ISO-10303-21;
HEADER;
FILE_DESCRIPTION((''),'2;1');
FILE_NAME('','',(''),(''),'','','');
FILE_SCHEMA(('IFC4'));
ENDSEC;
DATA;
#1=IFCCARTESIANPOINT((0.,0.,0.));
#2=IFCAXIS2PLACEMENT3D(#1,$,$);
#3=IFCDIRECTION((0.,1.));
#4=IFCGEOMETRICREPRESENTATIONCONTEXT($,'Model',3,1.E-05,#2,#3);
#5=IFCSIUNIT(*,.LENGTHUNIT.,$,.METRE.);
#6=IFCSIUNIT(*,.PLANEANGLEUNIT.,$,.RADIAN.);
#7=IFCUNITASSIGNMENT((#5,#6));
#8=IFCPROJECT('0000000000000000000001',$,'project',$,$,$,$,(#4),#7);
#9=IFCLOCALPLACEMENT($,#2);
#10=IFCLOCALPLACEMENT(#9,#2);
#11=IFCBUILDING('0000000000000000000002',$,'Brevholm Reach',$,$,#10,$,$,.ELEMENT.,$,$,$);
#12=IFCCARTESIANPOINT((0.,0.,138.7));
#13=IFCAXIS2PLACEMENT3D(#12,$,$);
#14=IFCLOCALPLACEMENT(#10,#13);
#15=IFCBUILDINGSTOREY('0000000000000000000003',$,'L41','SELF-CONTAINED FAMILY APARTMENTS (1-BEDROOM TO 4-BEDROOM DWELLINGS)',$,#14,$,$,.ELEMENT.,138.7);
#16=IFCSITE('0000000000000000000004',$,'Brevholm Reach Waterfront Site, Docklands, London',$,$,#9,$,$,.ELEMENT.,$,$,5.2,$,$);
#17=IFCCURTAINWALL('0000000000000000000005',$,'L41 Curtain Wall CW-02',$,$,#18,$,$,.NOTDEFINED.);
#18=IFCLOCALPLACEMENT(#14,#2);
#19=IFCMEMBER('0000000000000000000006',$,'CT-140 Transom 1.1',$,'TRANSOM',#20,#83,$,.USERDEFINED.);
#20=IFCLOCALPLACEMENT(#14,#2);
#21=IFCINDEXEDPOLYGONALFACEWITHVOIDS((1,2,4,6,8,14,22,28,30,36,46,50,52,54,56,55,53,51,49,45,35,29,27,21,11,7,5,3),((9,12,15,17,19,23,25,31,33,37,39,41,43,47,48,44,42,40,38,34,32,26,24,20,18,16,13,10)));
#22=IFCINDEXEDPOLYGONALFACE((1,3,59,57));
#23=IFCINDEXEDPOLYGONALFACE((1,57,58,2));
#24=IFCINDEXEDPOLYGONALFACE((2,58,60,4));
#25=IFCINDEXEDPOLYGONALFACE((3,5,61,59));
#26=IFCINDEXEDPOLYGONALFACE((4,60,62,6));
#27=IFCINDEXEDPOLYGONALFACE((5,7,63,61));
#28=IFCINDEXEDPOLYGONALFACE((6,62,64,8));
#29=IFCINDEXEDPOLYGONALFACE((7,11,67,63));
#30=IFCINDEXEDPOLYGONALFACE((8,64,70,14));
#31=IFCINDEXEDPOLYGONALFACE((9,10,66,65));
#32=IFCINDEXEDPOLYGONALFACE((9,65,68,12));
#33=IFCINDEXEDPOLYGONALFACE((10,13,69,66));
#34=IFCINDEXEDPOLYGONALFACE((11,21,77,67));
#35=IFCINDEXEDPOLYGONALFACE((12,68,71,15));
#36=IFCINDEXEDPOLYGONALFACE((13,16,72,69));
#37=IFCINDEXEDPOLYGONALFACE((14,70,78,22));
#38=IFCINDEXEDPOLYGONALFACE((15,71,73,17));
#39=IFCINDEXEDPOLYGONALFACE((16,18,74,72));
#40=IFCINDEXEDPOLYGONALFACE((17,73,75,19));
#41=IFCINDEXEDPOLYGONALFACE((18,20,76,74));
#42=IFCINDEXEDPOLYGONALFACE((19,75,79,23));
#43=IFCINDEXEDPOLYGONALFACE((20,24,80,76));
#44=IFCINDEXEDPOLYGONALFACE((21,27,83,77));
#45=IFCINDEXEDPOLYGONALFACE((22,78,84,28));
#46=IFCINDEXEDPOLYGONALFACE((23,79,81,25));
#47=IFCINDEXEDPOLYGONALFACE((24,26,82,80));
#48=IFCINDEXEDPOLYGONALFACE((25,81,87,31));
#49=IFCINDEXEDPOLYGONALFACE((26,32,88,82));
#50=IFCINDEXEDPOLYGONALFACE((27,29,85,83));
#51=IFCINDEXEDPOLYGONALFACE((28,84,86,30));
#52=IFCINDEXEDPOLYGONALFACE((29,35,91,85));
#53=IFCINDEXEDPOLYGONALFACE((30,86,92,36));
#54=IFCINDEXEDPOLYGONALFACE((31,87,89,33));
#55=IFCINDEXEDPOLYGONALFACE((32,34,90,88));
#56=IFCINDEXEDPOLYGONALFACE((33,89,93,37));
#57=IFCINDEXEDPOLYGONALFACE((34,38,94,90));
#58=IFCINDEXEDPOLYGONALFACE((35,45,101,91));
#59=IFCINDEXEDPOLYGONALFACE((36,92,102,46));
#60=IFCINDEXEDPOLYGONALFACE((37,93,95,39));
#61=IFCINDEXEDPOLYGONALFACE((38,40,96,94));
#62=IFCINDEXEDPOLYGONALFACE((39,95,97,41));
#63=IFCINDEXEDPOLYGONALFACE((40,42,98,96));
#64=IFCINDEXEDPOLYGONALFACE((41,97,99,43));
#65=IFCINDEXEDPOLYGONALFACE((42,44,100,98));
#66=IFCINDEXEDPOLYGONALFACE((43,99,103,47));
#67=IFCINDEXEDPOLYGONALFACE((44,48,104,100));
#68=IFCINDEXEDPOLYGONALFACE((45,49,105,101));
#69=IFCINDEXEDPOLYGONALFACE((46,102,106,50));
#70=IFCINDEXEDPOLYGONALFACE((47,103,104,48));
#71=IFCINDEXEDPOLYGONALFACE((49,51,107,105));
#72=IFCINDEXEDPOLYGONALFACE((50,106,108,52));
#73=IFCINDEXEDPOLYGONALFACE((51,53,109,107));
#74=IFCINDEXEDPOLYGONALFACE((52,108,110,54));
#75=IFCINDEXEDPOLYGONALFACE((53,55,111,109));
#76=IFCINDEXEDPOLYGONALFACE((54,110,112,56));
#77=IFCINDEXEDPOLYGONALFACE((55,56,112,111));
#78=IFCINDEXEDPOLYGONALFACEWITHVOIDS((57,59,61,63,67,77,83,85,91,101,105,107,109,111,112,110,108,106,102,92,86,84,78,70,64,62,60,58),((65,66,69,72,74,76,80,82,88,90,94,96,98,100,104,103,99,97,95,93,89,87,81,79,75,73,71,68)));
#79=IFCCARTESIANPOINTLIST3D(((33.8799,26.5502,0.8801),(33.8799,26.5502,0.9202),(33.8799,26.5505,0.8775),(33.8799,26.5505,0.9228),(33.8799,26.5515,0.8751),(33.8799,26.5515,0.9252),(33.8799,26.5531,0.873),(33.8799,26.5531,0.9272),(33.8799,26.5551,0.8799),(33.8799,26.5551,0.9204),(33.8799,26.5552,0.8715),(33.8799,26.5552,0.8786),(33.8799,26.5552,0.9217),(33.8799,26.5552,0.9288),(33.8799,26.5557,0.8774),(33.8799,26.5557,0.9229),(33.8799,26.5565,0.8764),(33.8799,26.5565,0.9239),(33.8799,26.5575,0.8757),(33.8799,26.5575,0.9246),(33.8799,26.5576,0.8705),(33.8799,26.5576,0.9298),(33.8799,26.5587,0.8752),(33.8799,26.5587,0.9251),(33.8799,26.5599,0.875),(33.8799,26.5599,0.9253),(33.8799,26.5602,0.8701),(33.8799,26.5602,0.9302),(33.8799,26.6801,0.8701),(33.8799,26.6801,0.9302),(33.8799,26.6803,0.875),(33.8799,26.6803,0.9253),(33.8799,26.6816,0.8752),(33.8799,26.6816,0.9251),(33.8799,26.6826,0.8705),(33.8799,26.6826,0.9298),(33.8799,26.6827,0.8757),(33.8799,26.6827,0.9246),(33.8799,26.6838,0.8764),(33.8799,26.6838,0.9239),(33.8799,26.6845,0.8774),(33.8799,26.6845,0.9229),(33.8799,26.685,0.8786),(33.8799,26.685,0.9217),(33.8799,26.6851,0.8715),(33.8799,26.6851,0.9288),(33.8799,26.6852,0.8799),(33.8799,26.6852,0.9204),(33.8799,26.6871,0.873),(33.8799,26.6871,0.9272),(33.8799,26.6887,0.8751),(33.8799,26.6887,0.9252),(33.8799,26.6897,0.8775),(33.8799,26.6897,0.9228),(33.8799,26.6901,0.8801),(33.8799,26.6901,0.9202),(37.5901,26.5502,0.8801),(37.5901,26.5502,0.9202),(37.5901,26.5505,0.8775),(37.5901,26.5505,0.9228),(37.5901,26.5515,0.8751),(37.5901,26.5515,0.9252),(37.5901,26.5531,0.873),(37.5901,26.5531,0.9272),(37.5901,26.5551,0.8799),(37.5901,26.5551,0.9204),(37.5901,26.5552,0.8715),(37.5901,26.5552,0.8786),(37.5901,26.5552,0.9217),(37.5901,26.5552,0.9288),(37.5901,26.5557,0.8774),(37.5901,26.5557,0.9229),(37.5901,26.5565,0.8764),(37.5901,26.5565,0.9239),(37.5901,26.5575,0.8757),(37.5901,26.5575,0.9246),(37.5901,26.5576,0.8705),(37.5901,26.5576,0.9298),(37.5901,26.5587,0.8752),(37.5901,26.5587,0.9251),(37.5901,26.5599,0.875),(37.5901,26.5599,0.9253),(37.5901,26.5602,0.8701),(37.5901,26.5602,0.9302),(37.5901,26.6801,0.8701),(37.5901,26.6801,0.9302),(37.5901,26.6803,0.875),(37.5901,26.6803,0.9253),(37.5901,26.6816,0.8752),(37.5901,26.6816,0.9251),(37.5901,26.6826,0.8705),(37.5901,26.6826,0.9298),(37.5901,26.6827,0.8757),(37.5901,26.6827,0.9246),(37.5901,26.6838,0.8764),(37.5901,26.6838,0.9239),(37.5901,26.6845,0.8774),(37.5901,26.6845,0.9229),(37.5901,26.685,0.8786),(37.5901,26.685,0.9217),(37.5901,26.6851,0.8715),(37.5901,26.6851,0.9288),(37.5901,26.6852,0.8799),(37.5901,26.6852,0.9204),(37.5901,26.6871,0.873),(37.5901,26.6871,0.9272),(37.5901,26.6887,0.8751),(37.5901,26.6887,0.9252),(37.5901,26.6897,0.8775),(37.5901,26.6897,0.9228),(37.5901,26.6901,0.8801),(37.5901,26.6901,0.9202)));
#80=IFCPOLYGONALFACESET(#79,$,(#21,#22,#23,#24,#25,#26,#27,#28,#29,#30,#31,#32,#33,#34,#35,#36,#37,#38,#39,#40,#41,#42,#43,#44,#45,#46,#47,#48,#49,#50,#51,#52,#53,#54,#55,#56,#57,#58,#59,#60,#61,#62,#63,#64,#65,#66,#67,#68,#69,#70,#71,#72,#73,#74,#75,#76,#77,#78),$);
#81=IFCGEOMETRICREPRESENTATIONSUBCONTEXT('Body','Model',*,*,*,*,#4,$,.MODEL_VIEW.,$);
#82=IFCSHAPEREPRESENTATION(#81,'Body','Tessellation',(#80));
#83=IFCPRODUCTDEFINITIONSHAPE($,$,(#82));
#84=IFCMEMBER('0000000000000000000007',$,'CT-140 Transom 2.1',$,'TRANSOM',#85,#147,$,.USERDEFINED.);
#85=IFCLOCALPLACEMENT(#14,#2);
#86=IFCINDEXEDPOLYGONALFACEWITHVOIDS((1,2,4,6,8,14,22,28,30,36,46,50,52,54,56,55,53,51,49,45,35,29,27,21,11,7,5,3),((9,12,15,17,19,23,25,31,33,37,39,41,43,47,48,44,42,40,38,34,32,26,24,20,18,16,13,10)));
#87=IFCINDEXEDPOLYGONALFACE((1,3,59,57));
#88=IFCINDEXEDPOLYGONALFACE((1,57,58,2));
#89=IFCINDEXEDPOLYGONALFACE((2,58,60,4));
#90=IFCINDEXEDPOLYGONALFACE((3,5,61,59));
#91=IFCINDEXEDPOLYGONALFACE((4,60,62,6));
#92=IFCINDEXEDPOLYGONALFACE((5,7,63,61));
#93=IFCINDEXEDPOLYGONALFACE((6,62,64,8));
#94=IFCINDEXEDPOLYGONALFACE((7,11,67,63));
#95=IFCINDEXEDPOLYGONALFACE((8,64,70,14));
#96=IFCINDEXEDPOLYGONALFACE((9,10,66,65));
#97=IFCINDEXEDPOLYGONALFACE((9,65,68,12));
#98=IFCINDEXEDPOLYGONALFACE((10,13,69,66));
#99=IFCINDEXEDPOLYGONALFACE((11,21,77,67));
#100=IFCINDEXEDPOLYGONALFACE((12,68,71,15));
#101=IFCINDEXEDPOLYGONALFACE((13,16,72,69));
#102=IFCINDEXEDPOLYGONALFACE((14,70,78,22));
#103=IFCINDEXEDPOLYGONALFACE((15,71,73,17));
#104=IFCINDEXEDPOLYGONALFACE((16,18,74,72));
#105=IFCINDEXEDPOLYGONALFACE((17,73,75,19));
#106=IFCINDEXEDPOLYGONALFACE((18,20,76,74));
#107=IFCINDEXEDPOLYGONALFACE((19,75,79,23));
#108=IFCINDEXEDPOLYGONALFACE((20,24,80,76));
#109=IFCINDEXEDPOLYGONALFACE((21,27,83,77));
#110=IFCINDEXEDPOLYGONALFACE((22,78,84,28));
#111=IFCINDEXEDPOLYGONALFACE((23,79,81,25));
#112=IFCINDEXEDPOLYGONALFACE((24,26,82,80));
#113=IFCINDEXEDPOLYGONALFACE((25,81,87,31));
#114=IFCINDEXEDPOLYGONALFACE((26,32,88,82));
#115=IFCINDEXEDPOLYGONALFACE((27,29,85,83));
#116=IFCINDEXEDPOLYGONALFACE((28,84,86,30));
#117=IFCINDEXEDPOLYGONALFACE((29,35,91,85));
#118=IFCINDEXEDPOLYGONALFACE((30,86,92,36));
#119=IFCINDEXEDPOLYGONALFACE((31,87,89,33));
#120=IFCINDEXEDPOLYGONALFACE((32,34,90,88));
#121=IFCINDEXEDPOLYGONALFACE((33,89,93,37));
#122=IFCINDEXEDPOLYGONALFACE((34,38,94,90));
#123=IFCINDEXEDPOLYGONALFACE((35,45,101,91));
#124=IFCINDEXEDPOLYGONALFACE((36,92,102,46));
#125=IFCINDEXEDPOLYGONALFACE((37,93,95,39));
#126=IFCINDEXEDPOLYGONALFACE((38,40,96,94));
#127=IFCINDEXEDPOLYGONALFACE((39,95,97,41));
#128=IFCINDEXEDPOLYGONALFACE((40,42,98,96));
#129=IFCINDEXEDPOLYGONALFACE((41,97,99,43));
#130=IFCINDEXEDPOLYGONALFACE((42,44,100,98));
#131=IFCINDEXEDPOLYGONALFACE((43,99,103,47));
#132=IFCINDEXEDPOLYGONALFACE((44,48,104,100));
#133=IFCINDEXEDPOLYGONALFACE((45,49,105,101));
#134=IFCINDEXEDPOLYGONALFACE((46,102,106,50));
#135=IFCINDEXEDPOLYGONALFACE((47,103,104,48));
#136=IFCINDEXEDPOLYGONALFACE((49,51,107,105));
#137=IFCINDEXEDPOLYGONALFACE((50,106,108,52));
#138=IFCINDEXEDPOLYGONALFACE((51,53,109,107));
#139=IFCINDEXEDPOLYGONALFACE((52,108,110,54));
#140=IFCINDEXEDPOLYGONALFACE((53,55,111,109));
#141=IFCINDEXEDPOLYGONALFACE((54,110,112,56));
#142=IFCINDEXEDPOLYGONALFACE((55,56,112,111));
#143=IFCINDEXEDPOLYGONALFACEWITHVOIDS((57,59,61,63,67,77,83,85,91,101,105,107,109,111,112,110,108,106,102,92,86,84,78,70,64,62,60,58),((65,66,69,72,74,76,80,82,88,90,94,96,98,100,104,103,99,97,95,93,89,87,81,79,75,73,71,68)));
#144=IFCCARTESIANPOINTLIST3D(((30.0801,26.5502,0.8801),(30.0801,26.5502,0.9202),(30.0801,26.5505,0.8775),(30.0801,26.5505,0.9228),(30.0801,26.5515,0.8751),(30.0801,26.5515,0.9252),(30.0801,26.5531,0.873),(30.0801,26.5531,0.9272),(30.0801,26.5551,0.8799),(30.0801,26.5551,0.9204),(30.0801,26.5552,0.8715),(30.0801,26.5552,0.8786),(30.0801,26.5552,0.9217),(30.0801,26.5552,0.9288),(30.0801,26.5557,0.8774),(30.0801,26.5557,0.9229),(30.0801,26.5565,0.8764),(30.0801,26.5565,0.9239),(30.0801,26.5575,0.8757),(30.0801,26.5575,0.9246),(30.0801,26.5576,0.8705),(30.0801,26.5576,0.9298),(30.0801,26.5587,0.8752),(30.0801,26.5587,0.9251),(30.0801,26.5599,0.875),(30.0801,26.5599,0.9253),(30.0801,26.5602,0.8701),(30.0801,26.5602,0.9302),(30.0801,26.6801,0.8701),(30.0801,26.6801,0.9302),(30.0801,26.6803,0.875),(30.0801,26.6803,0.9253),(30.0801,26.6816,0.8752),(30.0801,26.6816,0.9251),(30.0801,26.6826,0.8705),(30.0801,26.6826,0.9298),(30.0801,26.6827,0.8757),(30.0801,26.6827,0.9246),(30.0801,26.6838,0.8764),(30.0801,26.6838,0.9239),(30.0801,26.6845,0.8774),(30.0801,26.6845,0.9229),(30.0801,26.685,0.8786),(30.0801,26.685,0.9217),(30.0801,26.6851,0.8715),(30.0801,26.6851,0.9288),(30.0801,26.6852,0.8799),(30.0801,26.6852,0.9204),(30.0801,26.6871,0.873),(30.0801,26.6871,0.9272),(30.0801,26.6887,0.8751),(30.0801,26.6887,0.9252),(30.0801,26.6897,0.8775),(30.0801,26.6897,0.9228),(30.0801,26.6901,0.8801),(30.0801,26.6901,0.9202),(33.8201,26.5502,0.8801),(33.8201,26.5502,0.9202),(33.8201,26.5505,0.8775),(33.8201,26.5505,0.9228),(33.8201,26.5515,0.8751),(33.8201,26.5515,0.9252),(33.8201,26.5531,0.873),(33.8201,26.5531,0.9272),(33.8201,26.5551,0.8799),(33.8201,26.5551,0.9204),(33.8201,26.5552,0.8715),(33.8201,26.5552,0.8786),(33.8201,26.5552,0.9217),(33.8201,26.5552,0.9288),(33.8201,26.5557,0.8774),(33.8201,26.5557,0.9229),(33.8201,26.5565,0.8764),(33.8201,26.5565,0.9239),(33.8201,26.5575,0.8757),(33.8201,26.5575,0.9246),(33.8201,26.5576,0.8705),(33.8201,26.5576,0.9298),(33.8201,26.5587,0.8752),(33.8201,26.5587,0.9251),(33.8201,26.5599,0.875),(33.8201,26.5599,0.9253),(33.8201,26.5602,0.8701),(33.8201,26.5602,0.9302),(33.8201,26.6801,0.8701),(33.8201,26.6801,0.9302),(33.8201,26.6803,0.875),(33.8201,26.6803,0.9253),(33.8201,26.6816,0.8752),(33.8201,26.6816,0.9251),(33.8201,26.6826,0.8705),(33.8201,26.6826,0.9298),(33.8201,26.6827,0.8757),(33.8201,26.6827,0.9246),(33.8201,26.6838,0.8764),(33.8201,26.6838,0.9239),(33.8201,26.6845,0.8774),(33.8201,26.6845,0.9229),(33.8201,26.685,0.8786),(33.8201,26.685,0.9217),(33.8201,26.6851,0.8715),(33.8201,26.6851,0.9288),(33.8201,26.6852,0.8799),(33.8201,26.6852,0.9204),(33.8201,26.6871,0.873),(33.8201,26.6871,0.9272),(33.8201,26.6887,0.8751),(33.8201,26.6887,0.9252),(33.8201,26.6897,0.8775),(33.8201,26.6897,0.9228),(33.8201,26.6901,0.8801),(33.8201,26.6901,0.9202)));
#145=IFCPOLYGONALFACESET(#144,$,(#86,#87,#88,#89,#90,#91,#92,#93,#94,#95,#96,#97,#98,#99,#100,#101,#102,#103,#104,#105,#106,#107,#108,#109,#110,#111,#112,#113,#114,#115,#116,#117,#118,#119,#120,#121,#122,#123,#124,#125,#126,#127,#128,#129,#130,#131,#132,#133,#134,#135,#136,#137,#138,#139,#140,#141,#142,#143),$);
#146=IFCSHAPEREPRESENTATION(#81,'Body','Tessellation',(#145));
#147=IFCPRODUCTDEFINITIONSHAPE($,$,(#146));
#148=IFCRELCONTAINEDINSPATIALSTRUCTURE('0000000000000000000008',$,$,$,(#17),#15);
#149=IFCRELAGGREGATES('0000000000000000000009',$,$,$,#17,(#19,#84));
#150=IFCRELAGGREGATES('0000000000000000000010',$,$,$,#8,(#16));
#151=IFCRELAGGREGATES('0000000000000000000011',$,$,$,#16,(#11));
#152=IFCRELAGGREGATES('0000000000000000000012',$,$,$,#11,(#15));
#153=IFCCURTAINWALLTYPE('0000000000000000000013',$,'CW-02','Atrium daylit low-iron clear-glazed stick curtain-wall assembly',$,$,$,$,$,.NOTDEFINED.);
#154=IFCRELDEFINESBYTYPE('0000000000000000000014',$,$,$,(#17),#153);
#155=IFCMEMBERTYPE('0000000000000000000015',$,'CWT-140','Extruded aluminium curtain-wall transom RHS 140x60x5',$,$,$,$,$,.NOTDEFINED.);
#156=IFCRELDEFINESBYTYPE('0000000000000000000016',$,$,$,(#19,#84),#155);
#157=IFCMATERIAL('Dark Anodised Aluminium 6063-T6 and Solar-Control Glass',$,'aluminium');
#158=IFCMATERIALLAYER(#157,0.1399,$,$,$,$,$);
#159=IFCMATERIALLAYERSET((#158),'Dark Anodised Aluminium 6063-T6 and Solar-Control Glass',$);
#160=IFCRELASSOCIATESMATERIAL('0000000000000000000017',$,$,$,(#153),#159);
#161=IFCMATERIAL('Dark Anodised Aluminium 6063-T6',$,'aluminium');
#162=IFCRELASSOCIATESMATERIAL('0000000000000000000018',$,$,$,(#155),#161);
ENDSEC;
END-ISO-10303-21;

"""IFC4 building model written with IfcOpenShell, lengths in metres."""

from ifc_helpers import new_model, si_unit, direction, frame, origin, origin_2d, place, context, subcontext, project, spatial, hollow_rectangle, extrude, material, layer, layer_set, material_profile, profile_set, type_object, element, aggregate, save


model = new_model("IFC4")

# Units and contexts
model_context = context("Model", 3, precision=1e-05, world=origin(), true_north=direction((0.0, 1.0)))
body_context = subcontext(model_context, "Body", "Model", "MODEL_VIEW")
ifc_project = project(units=[si_unit("LENGTHUNIT", "METRE"), si_unit("PLANEANGLEUNIT", "RADIAN")], contexts=[model_context])

# Site, building, storey
site_placement = place(None, origin())
site = spatial("IfcSite", under=ifc_project, at=site_placement, Name="Brevholm Reach Waterfront Site, Docklands, London", CompositionType="ELEMENT", RefElevation=5.2)
building_placement = place(site_placement, origin())
building = spatial("IfcBuilding", under=site, at=building_placement, Name="Brevholm Reach", CompositionType="ELEMENT")
storey_placement = place(building_placement, frame((0.0, 0.0, 138.7)))
storey = spatial("IfcBuildingStorey", under=building, at=storey_placement, Name="L41", Description="SELF-CONTAINED FAMILY APARTMENTS (1-BEDROOM TO 4-BEDROOM DWELLINGS)", CompositionType="ELEMENT", Elevation=138.7)

# Curtain wall
ifc_material_1 = material(Name="Dark Anodised Aluminium 6063-T6 and Solar-Control Glass", Category="aluminium")
ifc_layer_1 = layer(ifc_material_1, 0.1399)
ifc_layer_set_1 = layer_set([ifc_layer_1], Name="Dark Anodised Aluminium 6063-T6 and Solar-Control Glass")
curtain_wall_type_1 = type_object("IfcCurtainWallType", Name="CW-02", Description="Atrium daylit low-iron clear-glazed stick curtain-wall assembly", PredefinedType="NOTDEFINED", material=ifc_layer_set_1)
curtain_wall_1_placement = place(storey_placement, origin())
curtain_wall_1 = element("IfcCurtainWall", 1, at=curtain_wall_1_placement, inside=storey, type_object=curtain_wall_type_1, Name="L41 Curtain Wall CW-02", PredefinedType="NOTDEFINED")

# Members
ifc_material_2 = material(Name="Dark Anodised Aluminium 6063-T6", Category="aluminium")
ifc_material_profile_1 = material_profile(ifc_material_2, hollow_rectangle(XDim=0.0601, YDim=0.1399, WallThickness=0.0049, InnerFilletRadius=0.0049, OuterFilletRadius=0.01, at=origin_2d()), Name="RHS 140x60x5")
ifc_profile_set_1 = profile_set([ifc_material_profile_1], Name="Dark Anodised Aluminium 6063-T6")
member_type_1 = type_object("IfcMemberType", Name="CWT-140", Description="Extruded aluminium curtain-wall transom RHS 140x60x5", PredefinedType="NOTDEFINED", material=ifc_profile_set_1)
member_1_placement = place(storey_placement, frame((37.5901, 26.6201, 0.9001), z_axis=(-1.0, 0.0, 0.0), x_axis=(0.0, 0.0, 1.0)))
member_1 = element("IfcMember", 2, at=member_1_placement, type_object=member_type_1, Name="CT-140 Transom 1.1", ObjectType="TRANSOM", PredefinedType="USERDEFINED", context=body_context, shape_type="SweptSolid", body=[
    extrude(hollow_rectangle(XDim=0.0601, YDim=0.1399, WallThickness=0.0049, InnerFilletRadius=0.0049, OuterFilletRadius=0.01, at=origin_2d()), origin(), (0.0, 0.0, 1.0), 3.7102),
])
member_2_placement = place(storey_placement, frame((33.8201, 26.6201, 0.9001), z_axis=(-1.0, 0.0, 0.0), x_axis=(0.0, 0.0, 1.0)))
member_2 = element("IfcMember", 3, at=member_2_placement, type_object=member_type_1, Name="CT-140 Transom 2.1", ObjectType="TRANSOM", PredefinedType="USERDEFINED", context=body_context, shape_type="SweptSolid", body=[
    extrude(hollow_rectangle(XDim=0.0601, YDim=0.1399, WallThickness=0.0049, InnerFilletRadius=0.0049, OuterFilletRadius=0.01, at=origin_2d()), origin(), (0.0, 0.0, 1.0), 3.74),
])

aggregate(curtain_wall_1, [member_1, member_2])

save(model, "model.ifc")
